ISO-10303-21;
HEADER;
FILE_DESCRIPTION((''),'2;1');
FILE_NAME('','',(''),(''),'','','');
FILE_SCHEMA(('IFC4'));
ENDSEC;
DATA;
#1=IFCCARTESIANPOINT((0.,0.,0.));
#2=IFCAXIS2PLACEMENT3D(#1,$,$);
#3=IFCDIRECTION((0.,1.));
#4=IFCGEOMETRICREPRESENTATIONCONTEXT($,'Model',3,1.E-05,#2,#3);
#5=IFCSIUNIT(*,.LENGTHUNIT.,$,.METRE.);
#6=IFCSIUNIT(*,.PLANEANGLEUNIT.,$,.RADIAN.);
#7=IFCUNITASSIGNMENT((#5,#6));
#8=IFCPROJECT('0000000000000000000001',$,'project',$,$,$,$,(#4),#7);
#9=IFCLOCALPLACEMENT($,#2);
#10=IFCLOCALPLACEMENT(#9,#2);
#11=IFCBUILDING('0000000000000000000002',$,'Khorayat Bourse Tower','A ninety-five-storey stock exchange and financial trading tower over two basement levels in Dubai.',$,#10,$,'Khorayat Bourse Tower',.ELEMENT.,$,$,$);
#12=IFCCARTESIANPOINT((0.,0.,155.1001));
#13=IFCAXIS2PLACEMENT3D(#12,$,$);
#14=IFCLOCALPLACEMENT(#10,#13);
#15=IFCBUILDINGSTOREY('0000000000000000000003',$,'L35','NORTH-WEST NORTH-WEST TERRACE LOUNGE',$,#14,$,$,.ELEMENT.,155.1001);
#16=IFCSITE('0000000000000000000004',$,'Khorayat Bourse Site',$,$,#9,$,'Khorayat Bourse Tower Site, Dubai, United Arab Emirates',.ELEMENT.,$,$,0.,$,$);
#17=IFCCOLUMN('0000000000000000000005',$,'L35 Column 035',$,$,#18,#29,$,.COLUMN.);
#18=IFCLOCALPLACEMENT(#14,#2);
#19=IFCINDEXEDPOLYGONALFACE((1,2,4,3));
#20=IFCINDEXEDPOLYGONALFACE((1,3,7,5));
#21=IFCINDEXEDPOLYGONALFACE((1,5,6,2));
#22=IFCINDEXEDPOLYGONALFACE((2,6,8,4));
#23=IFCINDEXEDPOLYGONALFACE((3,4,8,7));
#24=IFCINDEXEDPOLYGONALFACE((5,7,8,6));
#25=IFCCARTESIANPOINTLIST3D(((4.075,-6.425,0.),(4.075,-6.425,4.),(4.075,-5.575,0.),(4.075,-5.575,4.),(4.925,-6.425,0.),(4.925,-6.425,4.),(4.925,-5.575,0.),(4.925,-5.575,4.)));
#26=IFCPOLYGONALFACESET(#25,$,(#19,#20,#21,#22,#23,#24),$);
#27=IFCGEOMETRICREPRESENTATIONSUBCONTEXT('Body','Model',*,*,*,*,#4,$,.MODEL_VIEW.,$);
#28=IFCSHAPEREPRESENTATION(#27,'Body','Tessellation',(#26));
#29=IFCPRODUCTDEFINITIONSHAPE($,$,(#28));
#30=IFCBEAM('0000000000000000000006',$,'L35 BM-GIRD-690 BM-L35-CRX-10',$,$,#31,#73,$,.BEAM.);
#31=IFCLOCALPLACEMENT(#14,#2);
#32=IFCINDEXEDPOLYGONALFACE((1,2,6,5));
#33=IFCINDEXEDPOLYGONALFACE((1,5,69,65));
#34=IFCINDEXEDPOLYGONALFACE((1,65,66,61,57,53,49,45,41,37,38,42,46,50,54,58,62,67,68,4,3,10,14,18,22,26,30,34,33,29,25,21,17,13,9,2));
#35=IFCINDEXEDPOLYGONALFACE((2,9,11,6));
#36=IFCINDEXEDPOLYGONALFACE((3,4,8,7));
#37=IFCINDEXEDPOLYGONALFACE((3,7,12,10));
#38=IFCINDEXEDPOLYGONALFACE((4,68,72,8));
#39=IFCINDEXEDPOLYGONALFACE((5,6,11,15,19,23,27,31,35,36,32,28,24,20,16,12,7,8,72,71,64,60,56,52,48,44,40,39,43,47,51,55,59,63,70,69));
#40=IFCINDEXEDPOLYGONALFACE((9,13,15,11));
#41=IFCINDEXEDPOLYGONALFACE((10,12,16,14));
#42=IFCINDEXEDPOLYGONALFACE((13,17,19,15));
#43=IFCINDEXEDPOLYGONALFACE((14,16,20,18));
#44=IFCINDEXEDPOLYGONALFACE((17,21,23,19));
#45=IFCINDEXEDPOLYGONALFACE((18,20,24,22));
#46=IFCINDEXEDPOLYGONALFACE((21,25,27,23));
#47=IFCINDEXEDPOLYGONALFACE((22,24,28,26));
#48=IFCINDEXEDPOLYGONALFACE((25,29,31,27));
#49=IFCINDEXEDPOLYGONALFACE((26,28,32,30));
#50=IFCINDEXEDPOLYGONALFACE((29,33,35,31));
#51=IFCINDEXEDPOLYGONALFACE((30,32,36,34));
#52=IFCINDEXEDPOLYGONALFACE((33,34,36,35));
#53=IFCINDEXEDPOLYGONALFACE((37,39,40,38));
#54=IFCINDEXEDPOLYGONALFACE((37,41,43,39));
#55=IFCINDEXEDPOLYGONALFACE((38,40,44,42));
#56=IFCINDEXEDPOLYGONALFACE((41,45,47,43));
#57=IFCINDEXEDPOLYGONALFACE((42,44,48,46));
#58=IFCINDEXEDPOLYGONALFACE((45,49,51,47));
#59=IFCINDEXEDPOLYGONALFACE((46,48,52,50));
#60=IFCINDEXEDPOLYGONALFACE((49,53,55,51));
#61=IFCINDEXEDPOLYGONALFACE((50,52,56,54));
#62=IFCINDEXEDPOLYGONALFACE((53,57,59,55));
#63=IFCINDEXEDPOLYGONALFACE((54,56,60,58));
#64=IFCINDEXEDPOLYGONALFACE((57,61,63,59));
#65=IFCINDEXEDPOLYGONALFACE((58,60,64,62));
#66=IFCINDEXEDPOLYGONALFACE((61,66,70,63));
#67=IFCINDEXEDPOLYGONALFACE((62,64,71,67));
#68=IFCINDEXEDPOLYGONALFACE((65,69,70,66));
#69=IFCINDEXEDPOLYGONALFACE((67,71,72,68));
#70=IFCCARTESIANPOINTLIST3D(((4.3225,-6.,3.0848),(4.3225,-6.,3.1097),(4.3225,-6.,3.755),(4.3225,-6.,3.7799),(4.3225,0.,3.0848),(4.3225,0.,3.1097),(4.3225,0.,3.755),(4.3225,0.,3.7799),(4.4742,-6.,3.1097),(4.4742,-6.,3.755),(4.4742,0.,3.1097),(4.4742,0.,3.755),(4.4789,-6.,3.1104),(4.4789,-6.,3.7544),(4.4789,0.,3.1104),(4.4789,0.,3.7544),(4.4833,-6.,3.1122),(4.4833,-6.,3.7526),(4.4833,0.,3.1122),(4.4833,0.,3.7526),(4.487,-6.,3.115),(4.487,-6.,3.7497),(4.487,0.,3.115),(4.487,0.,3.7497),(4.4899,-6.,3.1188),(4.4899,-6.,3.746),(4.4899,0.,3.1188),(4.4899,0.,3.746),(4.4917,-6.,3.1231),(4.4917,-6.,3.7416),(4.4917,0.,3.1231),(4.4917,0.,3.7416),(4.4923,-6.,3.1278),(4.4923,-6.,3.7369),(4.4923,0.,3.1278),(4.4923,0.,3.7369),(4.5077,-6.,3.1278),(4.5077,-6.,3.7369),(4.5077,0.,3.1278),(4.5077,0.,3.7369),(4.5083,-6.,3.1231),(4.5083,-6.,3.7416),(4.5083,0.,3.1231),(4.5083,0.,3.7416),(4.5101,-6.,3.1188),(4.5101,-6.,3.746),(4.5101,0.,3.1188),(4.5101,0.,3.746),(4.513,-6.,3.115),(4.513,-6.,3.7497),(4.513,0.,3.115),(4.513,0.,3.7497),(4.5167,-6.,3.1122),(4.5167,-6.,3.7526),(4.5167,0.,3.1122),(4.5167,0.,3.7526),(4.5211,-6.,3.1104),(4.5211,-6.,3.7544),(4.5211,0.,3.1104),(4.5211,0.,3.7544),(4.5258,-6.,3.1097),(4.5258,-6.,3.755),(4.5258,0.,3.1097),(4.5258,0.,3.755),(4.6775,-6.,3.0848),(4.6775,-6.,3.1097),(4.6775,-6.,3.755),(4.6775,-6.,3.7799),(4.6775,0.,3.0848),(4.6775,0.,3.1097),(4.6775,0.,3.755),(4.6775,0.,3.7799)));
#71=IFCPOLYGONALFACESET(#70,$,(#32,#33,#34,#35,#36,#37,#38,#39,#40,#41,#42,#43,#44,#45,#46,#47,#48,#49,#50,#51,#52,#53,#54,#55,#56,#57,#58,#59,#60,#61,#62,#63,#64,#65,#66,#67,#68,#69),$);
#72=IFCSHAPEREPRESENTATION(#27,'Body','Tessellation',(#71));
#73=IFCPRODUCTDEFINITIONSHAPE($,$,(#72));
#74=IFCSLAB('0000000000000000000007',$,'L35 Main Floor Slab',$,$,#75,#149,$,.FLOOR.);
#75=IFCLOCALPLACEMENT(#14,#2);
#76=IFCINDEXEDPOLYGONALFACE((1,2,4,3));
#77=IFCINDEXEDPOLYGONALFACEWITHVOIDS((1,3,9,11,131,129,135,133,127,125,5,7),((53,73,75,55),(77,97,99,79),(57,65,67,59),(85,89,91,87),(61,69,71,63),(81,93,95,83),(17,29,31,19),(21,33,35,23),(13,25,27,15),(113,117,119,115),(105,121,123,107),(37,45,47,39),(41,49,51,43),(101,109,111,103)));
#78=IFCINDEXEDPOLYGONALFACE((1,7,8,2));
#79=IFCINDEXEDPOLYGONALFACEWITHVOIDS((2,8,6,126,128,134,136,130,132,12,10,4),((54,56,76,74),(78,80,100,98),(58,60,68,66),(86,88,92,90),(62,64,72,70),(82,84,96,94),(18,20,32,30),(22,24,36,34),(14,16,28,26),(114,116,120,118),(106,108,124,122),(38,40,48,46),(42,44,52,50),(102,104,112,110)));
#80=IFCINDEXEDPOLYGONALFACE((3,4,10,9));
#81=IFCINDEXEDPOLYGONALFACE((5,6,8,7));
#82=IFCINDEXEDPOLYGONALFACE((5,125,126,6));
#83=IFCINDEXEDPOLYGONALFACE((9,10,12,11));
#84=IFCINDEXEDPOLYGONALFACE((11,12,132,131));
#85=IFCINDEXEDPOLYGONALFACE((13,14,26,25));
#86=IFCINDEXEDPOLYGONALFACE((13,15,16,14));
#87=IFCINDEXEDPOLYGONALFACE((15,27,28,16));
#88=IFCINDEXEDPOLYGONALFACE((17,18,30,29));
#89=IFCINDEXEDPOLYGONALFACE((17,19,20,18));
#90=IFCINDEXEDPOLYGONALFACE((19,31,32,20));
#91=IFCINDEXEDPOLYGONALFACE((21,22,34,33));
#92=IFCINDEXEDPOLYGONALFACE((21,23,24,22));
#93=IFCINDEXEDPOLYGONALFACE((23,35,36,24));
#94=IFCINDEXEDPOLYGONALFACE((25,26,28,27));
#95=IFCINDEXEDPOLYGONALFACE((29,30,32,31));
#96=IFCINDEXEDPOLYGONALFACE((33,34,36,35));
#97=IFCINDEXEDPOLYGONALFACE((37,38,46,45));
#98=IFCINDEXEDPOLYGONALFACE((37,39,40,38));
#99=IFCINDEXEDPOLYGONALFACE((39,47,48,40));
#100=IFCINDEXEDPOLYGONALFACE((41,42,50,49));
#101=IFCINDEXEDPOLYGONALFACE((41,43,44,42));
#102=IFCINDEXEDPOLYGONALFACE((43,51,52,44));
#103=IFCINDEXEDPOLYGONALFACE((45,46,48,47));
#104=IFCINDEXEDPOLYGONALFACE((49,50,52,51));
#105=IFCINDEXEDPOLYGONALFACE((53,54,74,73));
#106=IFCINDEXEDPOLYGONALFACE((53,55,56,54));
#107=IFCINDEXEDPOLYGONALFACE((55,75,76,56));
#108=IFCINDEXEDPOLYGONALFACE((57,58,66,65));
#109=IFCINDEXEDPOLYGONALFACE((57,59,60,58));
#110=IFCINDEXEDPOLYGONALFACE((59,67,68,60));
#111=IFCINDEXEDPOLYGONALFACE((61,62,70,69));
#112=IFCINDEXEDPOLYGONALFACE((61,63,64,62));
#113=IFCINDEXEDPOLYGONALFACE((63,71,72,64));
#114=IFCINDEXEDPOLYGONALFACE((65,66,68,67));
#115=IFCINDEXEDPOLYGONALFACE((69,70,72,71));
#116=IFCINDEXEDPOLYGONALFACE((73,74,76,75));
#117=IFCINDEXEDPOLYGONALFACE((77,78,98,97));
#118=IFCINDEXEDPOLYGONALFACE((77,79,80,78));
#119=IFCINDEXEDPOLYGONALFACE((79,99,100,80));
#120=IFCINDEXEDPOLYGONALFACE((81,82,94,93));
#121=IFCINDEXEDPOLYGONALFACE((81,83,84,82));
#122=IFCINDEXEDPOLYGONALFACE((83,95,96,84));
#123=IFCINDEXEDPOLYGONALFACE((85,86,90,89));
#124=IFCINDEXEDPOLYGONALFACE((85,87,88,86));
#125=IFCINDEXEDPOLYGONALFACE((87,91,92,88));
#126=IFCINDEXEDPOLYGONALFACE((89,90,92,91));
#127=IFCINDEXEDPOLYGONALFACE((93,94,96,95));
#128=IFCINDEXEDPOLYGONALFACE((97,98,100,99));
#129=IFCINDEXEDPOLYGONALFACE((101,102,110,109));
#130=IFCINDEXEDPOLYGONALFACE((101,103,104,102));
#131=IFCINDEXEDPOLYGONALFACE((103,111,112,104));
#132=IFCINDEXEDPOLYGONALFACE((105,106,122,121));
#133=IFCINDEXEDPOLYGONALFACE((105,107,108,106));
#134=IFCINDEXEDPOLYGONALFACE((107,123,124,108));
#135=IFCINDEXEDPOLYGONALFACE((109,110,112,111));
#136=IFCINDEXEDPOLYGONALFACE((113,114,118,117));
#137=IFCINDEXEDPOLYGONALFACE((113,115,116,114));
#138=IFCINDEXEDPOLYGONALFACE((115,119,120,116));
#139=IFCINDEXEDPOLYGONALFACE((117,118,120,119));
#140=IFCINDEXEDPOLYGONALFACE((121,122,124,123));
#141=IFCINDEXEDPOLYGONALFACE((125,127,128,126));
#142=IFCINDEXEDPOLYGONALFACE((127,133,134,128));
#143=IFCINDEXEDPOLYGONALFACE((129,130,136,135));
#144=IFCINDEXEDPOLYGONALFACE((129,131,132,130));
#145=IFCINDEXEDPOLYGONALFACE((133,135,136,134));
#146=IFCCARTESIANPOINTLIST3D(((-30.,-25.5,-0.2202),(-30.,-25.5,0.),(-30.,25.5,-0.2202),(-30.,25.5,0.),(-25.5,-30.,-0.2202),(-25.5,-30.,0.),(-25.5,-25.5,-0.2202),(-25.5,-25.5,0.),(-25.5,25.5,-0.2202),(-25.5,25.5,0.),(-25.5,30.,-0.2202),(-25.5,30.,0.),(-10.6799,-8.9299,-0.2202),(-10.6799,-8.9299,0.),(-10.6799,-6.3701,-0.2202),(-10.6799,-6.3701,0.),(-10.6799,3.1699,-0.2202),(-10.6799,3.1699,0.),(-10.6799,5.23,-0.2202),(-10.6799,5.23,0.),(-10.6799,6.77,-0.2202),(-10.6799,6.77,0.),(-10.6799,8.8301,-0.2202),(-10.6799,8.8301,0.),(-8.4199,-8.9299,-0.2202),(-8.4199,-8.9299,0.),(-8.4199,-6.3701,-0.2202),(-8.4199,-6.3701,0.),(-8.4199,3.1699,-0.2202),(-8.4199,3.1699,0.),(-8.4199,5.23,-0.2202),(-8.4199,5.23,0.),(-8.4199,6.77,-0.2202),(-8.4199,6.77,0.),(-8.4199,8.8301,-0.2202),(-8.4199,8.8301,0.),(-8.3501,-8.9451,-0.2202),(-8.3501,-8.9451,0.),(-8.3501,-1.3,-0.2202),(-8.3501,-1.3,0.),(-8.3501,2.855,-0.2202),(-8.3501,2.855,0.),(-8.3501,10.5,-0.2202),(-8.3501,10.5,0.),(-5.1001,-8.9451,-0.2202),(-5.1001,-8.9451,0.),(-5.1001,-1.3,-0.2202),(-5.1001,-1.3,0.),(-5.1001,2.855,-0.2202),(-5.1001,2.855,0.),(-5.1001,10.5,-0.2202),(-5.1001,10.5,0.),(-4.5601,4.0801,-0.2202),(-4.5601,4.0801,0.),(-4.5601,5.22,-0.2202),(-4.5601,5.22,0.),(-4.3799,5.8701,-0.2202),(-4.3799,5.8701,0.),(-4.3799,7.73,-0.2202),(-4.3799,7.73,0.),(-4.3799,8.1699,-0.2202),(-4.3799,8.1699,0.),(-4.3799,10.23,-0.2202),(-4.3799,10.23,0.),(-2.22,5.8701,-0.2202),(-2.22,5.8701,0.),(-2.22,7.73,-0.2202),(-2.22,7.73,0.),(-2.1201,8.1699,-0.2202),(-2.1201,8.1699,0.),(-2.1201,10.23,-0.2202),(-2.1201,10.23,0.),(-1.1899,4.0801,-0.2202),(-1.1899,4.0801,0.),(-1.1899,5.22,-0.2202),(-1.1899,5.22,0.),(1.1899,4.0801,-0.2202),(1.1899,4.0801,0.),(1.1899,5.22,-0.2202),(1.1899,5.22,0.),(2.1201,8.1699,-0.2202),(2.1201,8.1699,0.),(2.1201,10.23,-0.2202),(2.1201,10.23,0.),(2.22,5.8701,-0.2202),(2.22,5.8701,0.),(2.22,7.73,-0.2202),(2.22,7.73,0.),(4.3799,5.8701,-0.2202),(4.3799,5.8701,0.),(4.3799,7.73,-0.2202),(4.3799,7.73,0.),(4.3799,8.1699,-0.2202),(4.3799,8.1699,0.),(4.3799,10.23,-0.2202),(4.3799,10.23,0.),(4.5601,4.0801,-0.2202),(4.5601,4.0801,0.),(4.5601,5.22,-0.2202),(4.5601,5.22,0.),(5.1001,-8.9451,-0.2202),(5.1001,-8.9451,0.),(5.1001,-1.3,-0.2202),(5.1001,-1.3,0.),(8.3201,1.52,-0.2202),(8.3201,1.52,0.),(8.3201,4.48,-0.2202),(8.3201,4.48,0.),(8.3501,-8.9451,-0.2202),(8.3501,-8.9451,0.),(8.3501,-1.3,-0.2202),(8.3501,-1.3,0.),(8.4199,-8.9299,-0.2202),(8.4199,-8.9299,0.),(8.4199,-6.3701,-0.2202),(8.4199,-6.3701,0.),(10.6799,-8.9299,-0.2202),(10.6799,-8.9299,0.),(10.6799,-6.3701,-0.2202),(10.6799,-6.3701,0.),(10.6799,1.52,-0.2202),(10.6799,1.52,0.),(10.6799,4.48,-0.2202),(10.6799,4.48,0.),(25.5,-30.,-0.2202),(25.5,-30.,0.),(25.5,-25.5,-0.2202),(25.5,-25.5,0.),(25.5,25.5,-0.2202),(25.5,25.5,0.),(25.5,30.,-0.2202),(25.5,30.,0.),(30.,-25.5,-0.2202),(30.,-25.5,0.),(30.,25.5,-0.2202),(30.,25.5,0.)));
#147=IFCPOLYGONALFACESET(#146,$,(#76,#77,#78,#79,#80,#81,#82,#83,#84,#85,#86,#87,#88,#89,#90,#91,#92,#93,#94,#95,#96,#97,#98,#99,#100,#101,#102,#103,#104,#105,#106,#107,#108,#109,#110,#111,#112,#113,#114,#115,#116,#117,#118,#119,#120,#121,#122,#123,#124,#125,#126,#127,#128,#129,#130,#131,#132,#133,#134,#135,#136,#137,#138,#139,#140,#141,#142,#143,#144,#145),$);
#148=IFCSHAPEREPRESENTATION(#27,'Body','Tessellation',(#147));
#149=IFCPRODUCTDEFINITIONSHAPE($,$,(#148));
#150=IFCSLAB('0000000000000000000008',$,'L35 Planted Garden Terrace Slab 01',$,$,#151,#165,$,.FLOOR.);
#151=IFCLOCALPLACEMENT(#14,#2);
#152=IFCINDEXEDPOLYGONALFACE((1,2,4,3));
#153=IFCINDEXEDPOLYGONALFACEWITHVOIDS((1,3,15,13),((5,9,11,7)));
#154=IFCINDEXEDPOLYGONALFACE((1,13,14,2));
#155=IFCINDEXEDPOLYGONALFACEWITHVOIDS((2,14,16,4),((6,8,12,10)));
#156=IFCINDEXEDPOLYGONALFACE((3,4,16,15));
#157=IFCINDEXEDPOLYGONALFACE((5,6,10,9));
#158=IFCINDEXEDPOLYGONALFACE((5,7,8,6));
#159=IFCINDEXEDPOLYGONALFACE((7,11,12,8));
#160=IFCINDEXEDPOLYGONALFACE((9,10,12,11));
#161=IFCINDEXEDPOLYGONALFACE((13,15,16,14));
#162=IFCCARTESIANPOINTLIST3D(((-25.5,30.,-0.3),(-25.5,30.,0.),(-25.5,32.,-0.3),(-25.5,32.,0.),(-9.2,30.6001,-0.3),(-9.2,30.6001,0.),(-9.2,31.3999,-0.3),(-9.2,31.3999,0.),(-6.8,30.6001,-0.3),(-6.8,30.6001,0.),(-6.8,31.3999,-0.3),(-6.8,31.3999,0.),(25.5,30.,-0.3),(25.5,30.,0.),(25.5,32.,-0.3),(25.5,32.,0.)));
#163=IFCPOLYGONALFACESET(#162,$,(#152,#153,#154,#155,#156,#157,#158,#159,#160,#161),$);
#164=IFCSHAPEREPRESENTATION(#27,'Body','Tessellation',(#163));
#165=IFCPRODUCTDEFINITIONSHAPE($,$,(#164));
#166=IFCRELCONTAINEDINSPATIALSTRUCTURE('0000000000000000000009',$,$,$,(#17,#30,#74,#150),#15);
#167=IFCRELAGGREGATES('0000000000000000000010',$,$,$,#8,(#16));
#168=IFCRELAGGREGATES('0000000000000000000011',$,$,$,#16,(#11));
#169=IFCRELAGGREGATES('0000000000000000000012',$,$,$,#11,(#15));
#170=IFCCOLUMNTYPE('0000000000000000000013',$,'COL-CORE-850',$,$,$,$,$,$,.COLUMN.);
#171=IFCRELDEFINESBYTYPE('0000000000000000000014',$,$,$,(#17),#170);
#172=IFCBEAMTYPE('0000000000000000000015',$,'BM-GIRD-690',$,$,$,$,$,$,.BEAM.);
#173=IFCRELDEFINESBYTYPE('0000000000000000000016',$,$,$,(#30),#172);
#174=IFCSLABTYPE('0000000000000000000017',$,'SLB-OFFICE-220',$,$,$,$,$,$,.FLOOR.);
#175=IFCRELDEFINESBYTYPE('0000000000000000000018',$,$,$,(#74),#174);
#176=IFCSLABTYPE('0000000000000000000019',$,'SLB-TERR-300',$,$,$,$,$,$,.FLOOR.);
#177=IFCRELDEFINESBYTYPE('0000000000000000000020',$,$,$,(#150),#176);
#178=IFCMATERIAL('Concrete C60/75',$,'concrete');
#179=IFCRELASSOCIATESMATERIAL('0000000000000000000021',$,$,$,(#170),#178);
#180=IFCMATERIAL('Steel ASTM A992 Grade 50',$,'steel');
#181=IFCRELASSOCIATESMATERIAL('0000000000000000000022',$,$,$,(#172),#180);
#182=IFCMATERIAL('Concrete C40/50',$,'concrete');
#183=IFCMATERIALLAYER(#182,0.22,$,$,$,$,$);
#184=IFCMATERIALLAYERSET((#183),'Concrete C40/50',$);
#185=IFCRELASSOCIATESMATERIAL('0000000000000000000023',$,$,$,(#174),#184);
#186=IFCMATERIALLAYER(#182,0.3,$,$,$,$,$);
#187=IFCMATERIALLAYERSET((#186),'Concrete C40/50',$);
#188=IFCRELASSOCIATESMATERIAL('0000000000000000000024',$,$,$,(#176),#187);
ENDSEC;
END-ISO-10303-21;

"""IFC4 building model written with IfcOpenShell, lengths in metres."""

from ifc_helpers import new_model, si_unit, direction, frame, origin, origin_2d, place, context, subcontext, project, spatial, polyline, rectangle, i_section, outline, extrude, source, transform, mapped, material, layer, layer_set, material_profile, profile_set, type_object, element, save


model = new_model("IFC4")

# Units and contexts
model_context = context("Model", 3, precision=1e-05, world=origin(), true_north=direction((0.0, 1.0)))
body_context = subcontext(model_context, "Body", "Model", "MODEL_VIEW")
ifc_project = project(units=[si_unit("LENGTHUNIT", "METRE"), si_unit("PLANEANGLEUNIT", "RADIAN")], contexts=[model_context])

# Site, building, storey
site_placement = place(None, origin())
site = spatial("IfcSite", under=ifc_project, at=site_placement, Name="Khorayat Bourse Site", LongName="Khorayat Bourse Tower Site, Dubai, United Arab Emirates", CompositionType="ELEMENT", RefElevation=0.0)
building_placement = place(site_placement, origin())
building = spatial("IfcBuilding", under=site, at=building_placement, Name="Khorayat Bourse Tower", Description="A ninety-five-storey stock exchange and financial trading tower over two basement levels in Dubai.", LongName="Khorayat Bourse Tower", CompositionType="ELEMENT")
storey_placement = place(building_placement, frame((0.0, 0.0, 155.1001)))
storey = spatial("IfcBuildingStorey", under=building, at=storey_placement, Name="L35", Description="NORTH-WEST NORTH-WEST TERRACE LOUNGE", CompositionType="ELEMENT", Elevation=155.1001)

# Column
ifc_material_1 = material(Name="Concrete C60/75", Category="concrete")
ifc_material_profile_1 = material_profile(ifc_material_1, rectangle(XDim=0.8501, YDim=0.8501, at=origin_2d()), Name="RC 850x850")
ifc_profile_set_1 = profile_set([ifc_material_profile_1], Name="Concrete C60/75")
column_type = type_object("IfcColumnType", Name="COL-CORE-850", PredefinedType="COLUMN", material=ifc_profile_set_1)
shared_shape_1 = source(origin(), body_context, "Body", "SweptSolid", [
    extrude(rectangle(XDim=0.8501, YDim=0.8501, at=origin_2d()), origin(), (0.0, 0.0, 1.0), 4.0),
])
column_placement = place(storey_placement, frame((4.5, -6.0, 0.0), z_axis=(0.0, 0.0, 1.0), x_axis=(1.0, 0.0, 0.0)))
element("IfcColumn", 1, at=column_placement, inside=storey, type_object=column_type, Name="L35 Column 035", PredefinedType="COLUMN", context=body_context, shape_type="MappedRepresentation", body=[
    mapped(shared_shape_1, transform((0.0, 0.0, 0.0), scale=1.0)),
])

# Beam
ifc_material_2 = material(Name="Steel ASTM A992 Grade 50", Category="steel")
ifc_material_profile_2 = material_profile(ifc_material_2, i_section(OverallWidth=0.355, OverallDepth=0.6951, WebThickness=0.0154, FlangeThickness=0.0249, FilletRadius=0.0181, at=origin_2d()), Name="W690X217")
ifc_profile_set_2 = profile_set([ifc_material_profile_2], Name="Steel ASTM A992 Grade 50")
beam_type = type_object("IfcBeamType", Name="BM-GIRD-690", PredefinedType="BEAM", material=ifc_profile_set_2)
shared_shape_2 = source(origin(), body_context, "Body", "SweptSolid", [
    extrude(i_section(OverallWidth=0.355, OverallDepth=0.6951, WebThickness=0.0154, FlangeThickness=0.0249, FilletRadius=0.0181, at=origin_2d()), origin(), (0.0, 0.0, 1.0), 6.0),
])
beam_placement = place(storey_placement, frame((4.5, -6.0, 3.4324), z_axis=(0.0, 1.0, 0.0), x_axis=(-1.0, 0.0, 0.0)))
element("IfcBeam", 2, at=beam_placement, inside=storey, type_object=beam_type, Name="L35 BM-GIRD-690 BM-L35-CRX-10", PredefinedType="BEAM", context=body_context, shape_type="MappedRepresentation", body=[
    mapped(shared_shape_2, transform((0.0, 0.0, 0.0), scale=1.0)),
])

# Slabs
ifc_material_3 = material(Name="Concrete C40/50", Category="concrete")
ifc_layer_1 = layer(ifc_material_3, 0.22)
ifc_layer_set_1 = layer_set([ifc_layer_1], Name="Concrete C40/50")
slab_type_1 = type_object("IfcSlabType", Name="SLB-OFFICE-220", PredefinedType="FLOOR", material=ifc_layer_set_1)
slab_1_placement = place(storey_placement, frame((0.0, 0.0, -0.2202)))
element("IfcSlab", 3, at=slab_1_placement, inside=storey, type_object=slab_type_1, Name="L35 Main Floor Slab", PredefinedType="FLOOR", context=body_context, shape_type="SweptSolid", body=[
    extrude(outline(polyline([(-25.5, -30.0), (25.5, -30.0), (25.5, -25.5), (30.0, -25.5), (30.0, 25.5), (25.5, 25.5), (25.5, 30.0), (-25.5, 30.0), (-25.5, 25.5), (-30.0, 25.5), (-30.0, -25.5), (-25.5, -25.5), (-25.5, -30.0)]), holes=[polyline([(-8.3501, -8.9451), (-5.1001, -8.9451), (-5.1001, -1.3), (-8.3501, -1.3), (-8.3501, -8.9451)]), polyline([(-8.3501, 2.855), (-5.1001, 2.855), (-5.1001, 10.5), (-8.3501, 10.5), (-8.3501, 2.855)]), polyline([(5.1001, -8.9451), (8.3501, -8.9451), (8.3501, -1.3), (5.1001, -1.3), (5.1001, -8.9451)]), polyline([(-4.3799, 8.1699), (-2.1201, 8.1699), (-2.1201, 10.23), (-4.3799, 10.23), (-4.3799, 8.1699)]), polyline([(2.1201, 8.1699), (4.3799, 8.1699), (4.3799, 10.23), (2.1201, 10.23), (2.1201, 8.1699)]), polyline([(-4.3799, 5.8701), (-2.22, 5.8701), (-2.22, 7.73), (-4.3799, 7.73), (-4.3799, 5.8701)]), polyline([(2.22, 5.8701), (4.3799, 5.8701), (4.3799, 7.73), (2.22, 7.73), (2.22, 5.8701)]), polyline([(-10.6799, 3.1699), (-8.4199, 3.1699), (-8.4199, 5.23), (-10.6799, 5.23), (-10.6799, 3.1699)]), polyline([(-10.6799, 6.77), (-8.4199, 6.77), (-8.4199, 8.8301), (-10.6799, 8.8301), (-10.6799, 6.77)]), polyline([(-10.6799, -8.9299), (-8.4199, -8.9299), (-8.4199, -6.3701), (-10.6799, -6.3701), (-10.6799, -8.9299)]), polyline([(8.4199, -8.9299), (10.6799, -8.9299), (10.6799, -6.3701), (8.4199, -6.3701), (8.4199, -8.9299)]), polyline([(8.3201, 1.52), (10.6799, 1.52), (10.6799, 4.48), (8.3201, 4.48), (8.3201, 1.52)]), polyline([(-4.5601, 4.0801), (-1.1899, 4.0801), (-1.1899, 5.22), (-4.5601, 5.22), (-4.5601, 4.0801)]), polyline([(1.1899, 4.0801), (4.5601, 4.0801), (4.5601, 5.22), (1.1899, 5.22), (1.1899, 4.0801)])]), origin(), (0.0, 0.0, 1.0), 0.2202),
])
ifc_layer_2 = layer(ifc_material_3, 0.3)
ifc_layer_set_2 = layer_set([ifc_layer_2], Name="Concrete C40/50")
slab_type_2 = type_object("IfcSlabType", Name="SLB-TERR-300", PredefinedType="FLOOR", material=ifc_layer_set_2)
slab_2_placement = place(storey_placement, frame((0.0, 0.0, -0.3)))
element("IfcSlab", 4, at=slab_2_placement, inside=storey, type_object=slab_type_2, Name="L35 Planted Garden Terrace Slab 01", PredefinedType="FLOOR", context=body_context, shape_type="SweptSolid", body=[
    extrude(outline(polyline([(-25.5, 30.0), (25.5, 30.0), (25.5, 32.0), (-25.5, 32.0), (-25.5, 30.0)]), holes=[polyline([(-9.2, 30.6001), (-6.8, 30.6001), (-6.8, 31.3999), (-9.2, 31.3999), (-9.2, 30.6001)])]), origin(), (0.0, 0.0, 1.0), 0.3),
])

save(model, "model.ifc")
